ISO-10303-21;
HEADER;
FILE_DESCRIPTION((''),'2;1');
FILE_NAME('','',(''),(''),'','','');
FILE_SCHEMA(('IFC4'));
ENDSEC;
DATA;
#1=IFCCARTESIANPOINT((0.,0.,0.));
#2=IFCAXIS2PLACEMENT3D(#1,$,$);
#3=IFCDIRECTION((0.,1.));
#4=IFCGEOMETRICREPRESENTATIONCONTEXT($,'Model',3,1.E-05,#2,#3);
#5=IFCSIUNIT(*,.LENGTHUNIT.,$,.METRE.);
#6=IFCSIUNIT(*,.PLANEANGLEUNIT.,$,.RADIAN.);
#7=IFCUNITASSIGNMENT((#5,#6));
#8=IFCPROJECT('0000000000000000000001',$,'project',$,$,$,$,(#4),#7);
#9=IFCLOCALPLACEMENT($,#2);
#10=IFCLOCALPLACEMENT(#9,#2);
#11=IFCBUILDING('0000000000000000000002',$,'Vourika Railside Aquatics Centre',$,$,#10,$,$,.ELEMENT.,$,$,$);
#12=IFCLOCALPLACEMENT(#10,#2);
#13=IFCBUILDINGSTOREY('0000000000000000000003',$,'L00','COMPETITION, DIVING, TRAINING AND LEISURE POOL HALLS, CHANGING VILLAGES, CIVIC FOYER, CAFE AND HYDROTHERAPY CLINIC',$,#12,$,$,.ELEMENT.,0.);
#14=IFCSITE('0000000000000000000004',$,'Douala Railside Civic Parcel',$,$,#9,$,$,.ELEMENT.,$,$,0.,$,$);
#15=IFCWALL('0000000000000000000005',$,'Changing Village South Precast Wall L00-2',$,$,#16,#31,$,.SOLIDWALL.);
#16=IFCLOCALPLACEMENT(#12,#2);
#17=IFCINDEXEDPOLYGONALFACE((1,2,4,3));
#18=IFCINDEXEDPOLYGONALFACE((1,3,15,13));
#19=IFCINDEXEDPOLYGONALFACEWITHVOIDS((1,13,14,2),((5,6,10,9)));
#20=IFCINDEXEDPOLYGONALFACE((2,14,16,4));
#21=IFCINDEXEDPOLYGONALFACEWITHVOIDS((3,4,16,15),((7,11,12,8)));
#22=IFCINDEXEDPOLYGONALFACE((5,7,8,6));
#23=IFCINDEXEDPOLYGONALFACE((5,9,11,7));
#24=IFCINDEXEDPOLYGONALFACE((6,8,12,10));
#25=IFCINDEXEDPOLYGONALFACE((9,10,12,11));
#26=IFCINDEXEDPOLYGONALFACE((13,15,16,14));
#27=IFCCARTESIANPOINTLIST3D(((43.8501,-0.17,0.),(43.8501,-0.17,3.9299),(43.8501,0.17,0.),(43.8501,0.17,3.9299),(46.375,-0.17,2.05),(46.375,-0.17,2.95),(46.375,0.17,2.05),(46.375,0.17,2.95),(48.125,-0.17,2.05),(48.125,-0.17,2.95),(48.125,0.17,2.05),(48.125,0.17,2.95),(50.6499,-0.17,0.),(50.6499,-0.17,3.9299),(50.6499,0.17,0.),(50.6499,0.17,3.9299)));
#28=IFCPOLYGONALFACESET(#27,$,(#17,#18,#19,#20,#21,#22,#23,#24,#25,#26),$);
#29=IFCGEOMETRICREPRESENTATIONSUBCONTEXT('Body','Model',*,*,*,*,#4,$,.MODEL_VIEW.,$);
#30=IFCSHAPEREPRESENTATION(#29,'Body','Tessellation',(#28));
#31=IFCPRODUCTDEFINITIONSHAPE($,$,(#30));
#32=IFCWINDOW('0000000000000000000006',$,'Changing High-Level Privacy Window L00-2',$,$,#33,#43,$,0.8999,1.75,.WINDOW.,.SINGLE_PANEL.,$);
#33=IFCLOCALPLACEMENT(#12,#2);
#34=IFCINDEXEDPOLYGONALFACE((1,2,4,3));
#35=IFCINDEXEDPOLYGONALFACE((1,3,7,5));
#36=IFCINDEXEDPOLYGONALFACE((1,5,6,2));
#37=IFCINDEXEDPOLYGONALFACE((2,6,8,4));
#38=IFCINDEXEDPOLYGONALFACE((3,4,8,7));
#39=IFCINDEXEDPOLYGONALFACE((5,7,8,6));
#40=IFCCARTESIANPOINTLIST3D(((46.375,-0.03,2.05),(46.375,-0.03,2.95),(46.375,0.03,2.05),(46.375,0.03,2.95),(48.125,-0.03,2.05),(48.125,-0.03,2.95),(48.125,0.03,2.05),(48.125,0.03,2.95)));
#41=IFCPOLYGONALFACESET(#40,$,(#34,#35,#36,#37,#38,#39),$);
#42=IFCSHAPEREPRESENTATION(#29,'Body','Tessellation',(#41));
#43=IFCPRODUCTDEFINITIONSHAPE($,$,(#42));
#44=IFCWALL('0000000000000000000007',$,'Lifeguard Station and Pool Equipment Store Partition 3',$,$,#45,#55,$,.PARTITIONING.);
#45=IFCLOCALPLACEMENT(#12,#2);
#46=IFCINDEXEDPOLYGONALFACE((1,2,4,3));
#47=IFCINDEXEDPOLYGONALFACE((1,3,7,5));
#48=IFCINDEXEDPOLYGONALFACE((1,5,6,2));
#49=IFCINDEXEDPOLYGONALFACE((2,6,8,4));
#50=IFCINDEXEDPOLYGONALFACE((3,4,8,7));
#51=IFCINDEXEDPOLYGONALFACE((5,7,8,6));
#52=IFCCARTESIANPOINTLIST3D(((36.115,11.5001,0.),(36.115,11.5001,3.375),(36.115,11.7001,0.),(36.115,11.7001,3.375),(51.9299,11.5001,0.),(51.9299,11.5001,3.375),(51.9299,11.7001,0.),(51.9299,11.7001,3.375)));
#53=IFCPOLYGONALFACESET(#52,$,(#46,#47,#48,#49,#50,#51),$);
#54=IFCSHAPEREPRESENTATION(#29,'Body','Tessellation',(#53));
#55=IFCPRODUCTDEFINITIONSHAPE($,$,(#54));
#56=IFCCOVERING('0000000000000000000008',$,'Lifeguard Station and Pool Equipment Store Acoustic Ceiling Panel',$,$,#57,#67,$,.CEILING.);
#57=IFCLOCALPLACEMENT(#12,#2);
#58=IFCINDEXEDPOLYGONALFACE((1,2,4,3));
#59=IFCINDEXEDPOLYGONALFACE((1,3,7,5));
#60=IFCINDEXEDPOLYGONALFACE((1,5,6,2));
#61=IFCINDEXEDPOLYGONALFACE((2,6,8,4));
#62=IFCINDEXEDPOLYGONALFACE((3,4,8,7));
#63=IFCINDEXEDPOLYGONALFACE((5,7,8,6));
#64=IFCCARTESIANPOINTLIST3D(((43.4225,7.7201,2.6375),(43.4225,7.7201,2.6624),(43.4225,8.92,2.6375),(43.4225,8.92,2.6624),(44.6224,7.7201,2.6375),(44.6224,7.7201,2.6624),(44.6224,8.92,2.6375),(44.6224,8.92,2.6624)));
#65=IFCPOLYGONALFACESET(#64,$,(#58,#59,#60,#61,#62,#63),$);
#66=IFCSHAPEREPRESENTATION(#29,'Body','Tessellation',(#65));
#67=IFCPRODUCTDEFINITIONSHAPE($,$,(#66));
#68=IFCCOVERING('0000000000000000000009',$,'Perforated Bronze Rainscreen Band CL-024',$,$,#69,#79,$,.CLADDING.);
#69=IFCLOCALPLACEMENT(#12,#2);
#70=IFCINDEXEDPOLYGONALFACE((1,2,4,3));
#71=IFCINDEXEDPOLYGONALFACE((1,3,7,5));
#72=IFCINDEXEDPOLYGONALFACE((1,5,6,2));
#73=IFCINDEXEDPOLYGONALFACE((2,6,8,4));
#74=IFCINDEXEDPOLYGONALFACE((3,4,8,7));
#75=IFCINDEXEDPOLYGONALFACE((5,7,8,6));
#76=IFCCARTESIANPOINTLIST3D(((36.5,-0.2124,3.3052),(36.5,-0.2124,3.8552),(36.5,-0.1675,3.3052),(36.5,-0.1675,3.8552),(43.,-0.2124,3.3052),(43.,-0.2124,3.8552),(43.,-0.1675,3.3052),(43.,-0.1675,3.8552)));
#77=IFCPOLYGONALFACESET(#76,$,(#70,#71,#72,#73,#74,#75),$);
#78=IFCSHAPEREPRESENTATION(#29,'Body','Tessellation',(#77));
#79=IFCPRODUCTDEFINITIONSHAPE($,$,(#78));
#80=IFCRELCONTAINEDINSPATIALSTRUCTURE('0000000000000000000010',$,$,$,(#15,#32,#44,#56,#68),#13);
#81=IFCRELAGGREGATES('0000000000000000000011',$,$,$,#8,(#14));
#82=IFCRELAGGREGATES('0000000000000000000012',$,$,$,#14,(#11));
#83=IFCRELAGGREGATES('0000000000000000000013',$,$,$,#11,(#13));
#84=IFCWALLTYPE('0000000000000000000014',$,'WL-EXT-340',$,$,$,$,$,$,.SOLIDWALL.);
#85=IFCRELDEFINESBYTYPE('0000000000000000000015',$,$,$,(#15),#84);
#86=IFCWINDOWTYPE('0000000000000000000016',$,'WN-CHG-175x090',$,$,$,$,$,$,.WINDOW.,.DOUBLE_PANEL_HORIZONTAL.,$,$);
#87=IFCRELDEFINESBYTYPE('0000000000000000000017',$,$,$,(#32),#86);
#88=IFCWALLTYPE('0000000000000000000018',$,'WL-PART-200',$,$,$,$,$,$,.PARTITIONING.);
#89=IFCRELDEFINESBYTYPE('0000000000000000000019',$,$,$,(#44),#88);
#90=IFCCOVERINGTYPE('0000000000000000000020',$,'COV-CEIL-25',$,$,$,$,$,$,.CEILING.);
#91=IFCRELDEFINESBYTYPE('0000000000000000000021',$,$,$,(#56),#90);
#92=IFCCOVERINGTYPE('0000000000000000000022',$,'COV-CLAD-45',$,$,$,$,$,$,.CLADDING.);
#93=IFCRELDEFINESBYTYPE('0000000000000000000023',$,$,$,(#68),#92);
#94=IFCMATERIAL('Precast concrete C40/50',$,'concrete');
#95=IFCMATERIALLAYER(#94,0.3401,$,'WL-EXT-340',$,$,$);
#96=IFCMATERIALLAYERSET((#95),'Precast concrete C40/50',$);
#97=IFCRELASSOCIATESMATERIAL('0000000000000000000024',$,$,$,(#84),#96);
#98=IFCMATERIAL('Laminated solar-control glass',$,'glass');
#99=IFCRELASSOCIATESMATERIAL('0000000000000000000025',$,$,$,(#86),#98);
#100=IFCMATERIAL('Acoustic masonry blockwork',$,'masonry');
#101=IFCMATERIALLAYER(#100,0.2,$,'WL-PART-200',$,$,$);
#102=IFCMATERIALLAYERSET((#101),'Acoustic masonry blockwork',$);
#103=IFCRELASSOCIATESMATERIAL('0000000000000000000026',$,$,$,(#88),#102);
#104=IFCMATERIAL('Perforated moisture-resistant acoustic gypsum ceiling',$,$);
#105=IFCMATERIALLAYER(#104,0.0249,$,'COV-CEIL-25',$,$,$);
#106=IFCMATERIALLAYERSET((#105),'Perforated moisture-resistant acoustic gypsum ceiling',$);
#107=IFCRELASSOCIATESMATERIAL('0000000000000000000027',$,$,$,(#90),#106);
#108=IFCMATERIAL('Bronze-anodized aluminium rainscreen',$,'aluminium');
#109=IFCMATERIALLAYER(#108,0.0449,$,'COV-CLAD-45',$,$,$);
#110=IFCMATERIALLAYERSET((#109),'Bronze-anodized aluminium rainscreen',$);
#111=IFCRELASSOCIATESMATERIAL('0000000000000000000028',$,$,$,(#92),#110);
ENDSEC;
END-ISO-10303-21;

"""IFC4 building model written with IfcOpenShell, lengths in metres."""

from ifc_helpers import new_model, si_unit, direction, frame, frame_2d, origin, origin_2d, place, context, subcontext, project, spatial, rectangle, extrude, material, layer, layer_set, type_object, element, fill, save


model = new_model("IFC4")

# Units and contexts
model_context = context("Model", 3, precision=1e-05, world=origin(), true_north=direction((0.0, 1.0)))
body_context = subcontext(model_context, "Body", "Model", "MODEL_VIEW")
ifc_project = project(units=[si_unit("LENGTHUNIT", "METRE"), si_unit("PLANEANGLEUNIT", "RADIAN")], contexts=[model_context])

# Site, building, storey
site_placement = place(None, origin())
site = spatial("IfcSite", under=ifc_project, at=site_placement, Name="Douala Railside Civic Parcel", CompositionType="ELEMENT", RefElevation=0.0)
building_placement = place(site_placement, origin())
building = spatial("IfcBuilding", under=site, at=building_placement, Name="Vourika Railside Aquatics Centre", CompositionType="ELEMENT")
storey_placement = place(building_placement, origin())
storey = spatial("IfcBuildingStorey", under=building, at=storey_placement, Name="L00", Description="COMPETITION, DIVING, TRAINING AND LEISURE POOL HALLS, CHANGING VILLAGES, CIVIC FOYER, CAFE AND HYDROTHERAPY CLINIC", CompositionType="ELEMENT", Elevation=0.0)

# Wall, opening, window
ifc_material_1 = material(Name="Precast concrete C40/50", Category="concrete")
ifc_layer_1 = layer(ifc_material_1, 0.3401, Name="WL-EXT-340")
ifc_layer_set_1 = layer_set([ifc_layer_1], Name="Precast concrete C40/50")
wall_type_1 = type_object("IfcWallType", Name="WL-EXT-340", PredefinedType="SOLIDWALL", material=ifc_layer_set_1)
ifc_material_2 = material(Name="Laminated solar-control glass", Category="glass")
wall_1_placement = place(storey_placement, frame((43.8501, 0.0, 0.0), z_axis=(0.0, 0.0, 1.0), x_axis=(1.0, 0.0, 0.0)))
wall_1 = element("IfcWall", 1, at=wall_1_placement, inside=storey, type_object=wall_type_1, Name="Changing Village South Precast Wall L00-2", PredefinedType="SOLIDWALL", context=body_context, shape_type="SweptSolid", body=[
    extrude(rectangle(XDim=6.7998, YDim=0.3401, at=frame_2d((3.3999, 0.0))), origin(), (0.0, 0.0, 1.0), 3.9299),
])
opening_1_placement = place(wall_1_placement, frame((2.5249, 0.0, 2.05)))
opening_1 = element("IfcOpeningElement", 2, at=opening_1_placement, cuts=wall_1, PredefinedType="OPENING", context=body_context, shape_type="SweptSolid", body=[
    extrude(rectangle(XDim=1.75, YDim=0.8999, at=frame_2d((0.875, 0.45))), frame((0.0, 0.1802, 0.0), z_axis=(0.0, -1.0, 0.0), x_axis=(1.0, 0.0, 0.0)), (0.0, 0.0, 1.0), 0.3601),
])
window_type_1 = type_object("IfcWindowType", Name="WN-CHG-175x090", PartitioningType="DOUBLE_PANEL_HORIZONTAL", PredefinedType="WINDOW", material=ifc_material_2)
window_1_placement = place(opening_1_placement, origin())
window_1 = element("IfcWindow", 3, at=window_1_placement, inside=storey, type_object=window_type_1, Name="Changing High-Level Privacy Window L00-2", OverallHeight=0.8999, OverallWidth=1.75, PartitioningType="SINGLE_PANEL", PredefinedType="WINDOW", context=body_context, shape_type="SweptSolid", body=[
    extrude(rectangle(XDim=1.75, YDim=0.8999, at=frame_2d((0.875, 0.45))), frame((0.0, 0.03, 0.0), z_axis=(0.0, -1.0, 0.0), x_axis=(1.0, 0.0, 0.0)), (0.0, 0.0, 1.0), 0.0601),
])
fill(opening_1, window_1)

# Wall
ifc_material_3 = material(Name="Acoustic masonry blockwork", Category="masonry")
ifc_layer_2 = layer(ifc_material_3, 0.2, Name="WL-PART-200")
ifc_layer_set_2 = layer_set([ifc_layer_2], Name="Acoustic masonry blockwork")
wall_type_2 = type_object("IfcWallType", Name="WL-PART-200", PredefinedType="PARTITIONING", material=ifc_layer_set_2)
wall_2_placement = place(storey_placement, frame((36.115, 11.6001, 0.0), z_axis=(0.0, 0.0, 1.0), x_axis=(1.0, 0.0, 0.0)))
element("IfcWall", 4, at=wall_2_placement, inside=storey, type_object=wall_type_2, Name="Lifeguard Station and Pool Equipment Store Partition 3", PredefinedType="PARTITIONING", context=body_context, shape_type="SweptSolid", body=[
    extrude(rectangle(XDim=15.8149, YDim=0.2, at=frame_2d((7.9075, 0.0))), origin(), (0.0, 0.0, 1.0), 3.375),
])

# Coverings
ifc_material_4 = material(Name="Perforated moisture-resistant acoustic gypsum ceiling")
ifc_layer_3 = layer(ifc_material_4, 0.0249, Name="COV-CEIL-25")
ifc_layer_set_3 = layer_set([ifc_layer_3], Name="Perforated moisture-resistant acoustic gypsum ceiling")
covering_type_1 = type_object("IfcCoveringType", Name="COV-CEIL-25", PredefinedType="CEILING", material=ifc_layer_set_3)
covering_1_placement = place(storey_placement, frame((44.0225, 8.3201, 2.6375), z_axis=(0.0, 0.0, 1.0), x_axis=(1.0, 0.0, 0.0)))
element("IfcCovering", 5, at=covering_1_placement, inside=storey, type_object=covering_type_1, Name="Lifeguard Station and Pool Equipment Store Acoustic Ceiling Panel", PredefinedType="CEILING", context=body_context, shape_type="SweptSolid", body=[
    extrude(rectangle(XDim=1.2, YDim=1.2, at=origin_2d()), origin(), (0.0, 0.0, 1.0), 0.0249),
])
ifc_material_5 = material(Name="Bronze-anodized aluminium rainscreen", Category="aluminium")
ifc_layer_4 = layer(ifc_material_5, 0.0449, Name="COV-CLAD-45")
ifc_layer_set_4 = layer_set([ifc_layer_4], Name="Bronze-anodized aluminium rainscreen")
covering_type_2 = type_object("IfcCoveringType", Name="COV-CLAD-45", PredefinedType="CLADDING", material=ifc_layer_set_4)
covering_2_placement = place(storey_placement, frame((39.75, -0.1899, 3.3052), z_axis=(0.0, 0.0, 1.0), x_axis=(1.0, 0.0, 0.0)))
element("IfcCovering", 6, at=covering_2_placement, inside=storey, type_object=covering_type_2, Name="Perforated Bronze Rainscreen Band CL-024", PredefinedType="CLADDING", context=body_context, shape_type="SweptSolid", body=[
    extrude(rectangle(XDim=6.5, YDim=0.0449, at=origin_2d()), origin(), (0.0, 0.0, 1.0), 0.55),
])

save(model, "model.ifc")
